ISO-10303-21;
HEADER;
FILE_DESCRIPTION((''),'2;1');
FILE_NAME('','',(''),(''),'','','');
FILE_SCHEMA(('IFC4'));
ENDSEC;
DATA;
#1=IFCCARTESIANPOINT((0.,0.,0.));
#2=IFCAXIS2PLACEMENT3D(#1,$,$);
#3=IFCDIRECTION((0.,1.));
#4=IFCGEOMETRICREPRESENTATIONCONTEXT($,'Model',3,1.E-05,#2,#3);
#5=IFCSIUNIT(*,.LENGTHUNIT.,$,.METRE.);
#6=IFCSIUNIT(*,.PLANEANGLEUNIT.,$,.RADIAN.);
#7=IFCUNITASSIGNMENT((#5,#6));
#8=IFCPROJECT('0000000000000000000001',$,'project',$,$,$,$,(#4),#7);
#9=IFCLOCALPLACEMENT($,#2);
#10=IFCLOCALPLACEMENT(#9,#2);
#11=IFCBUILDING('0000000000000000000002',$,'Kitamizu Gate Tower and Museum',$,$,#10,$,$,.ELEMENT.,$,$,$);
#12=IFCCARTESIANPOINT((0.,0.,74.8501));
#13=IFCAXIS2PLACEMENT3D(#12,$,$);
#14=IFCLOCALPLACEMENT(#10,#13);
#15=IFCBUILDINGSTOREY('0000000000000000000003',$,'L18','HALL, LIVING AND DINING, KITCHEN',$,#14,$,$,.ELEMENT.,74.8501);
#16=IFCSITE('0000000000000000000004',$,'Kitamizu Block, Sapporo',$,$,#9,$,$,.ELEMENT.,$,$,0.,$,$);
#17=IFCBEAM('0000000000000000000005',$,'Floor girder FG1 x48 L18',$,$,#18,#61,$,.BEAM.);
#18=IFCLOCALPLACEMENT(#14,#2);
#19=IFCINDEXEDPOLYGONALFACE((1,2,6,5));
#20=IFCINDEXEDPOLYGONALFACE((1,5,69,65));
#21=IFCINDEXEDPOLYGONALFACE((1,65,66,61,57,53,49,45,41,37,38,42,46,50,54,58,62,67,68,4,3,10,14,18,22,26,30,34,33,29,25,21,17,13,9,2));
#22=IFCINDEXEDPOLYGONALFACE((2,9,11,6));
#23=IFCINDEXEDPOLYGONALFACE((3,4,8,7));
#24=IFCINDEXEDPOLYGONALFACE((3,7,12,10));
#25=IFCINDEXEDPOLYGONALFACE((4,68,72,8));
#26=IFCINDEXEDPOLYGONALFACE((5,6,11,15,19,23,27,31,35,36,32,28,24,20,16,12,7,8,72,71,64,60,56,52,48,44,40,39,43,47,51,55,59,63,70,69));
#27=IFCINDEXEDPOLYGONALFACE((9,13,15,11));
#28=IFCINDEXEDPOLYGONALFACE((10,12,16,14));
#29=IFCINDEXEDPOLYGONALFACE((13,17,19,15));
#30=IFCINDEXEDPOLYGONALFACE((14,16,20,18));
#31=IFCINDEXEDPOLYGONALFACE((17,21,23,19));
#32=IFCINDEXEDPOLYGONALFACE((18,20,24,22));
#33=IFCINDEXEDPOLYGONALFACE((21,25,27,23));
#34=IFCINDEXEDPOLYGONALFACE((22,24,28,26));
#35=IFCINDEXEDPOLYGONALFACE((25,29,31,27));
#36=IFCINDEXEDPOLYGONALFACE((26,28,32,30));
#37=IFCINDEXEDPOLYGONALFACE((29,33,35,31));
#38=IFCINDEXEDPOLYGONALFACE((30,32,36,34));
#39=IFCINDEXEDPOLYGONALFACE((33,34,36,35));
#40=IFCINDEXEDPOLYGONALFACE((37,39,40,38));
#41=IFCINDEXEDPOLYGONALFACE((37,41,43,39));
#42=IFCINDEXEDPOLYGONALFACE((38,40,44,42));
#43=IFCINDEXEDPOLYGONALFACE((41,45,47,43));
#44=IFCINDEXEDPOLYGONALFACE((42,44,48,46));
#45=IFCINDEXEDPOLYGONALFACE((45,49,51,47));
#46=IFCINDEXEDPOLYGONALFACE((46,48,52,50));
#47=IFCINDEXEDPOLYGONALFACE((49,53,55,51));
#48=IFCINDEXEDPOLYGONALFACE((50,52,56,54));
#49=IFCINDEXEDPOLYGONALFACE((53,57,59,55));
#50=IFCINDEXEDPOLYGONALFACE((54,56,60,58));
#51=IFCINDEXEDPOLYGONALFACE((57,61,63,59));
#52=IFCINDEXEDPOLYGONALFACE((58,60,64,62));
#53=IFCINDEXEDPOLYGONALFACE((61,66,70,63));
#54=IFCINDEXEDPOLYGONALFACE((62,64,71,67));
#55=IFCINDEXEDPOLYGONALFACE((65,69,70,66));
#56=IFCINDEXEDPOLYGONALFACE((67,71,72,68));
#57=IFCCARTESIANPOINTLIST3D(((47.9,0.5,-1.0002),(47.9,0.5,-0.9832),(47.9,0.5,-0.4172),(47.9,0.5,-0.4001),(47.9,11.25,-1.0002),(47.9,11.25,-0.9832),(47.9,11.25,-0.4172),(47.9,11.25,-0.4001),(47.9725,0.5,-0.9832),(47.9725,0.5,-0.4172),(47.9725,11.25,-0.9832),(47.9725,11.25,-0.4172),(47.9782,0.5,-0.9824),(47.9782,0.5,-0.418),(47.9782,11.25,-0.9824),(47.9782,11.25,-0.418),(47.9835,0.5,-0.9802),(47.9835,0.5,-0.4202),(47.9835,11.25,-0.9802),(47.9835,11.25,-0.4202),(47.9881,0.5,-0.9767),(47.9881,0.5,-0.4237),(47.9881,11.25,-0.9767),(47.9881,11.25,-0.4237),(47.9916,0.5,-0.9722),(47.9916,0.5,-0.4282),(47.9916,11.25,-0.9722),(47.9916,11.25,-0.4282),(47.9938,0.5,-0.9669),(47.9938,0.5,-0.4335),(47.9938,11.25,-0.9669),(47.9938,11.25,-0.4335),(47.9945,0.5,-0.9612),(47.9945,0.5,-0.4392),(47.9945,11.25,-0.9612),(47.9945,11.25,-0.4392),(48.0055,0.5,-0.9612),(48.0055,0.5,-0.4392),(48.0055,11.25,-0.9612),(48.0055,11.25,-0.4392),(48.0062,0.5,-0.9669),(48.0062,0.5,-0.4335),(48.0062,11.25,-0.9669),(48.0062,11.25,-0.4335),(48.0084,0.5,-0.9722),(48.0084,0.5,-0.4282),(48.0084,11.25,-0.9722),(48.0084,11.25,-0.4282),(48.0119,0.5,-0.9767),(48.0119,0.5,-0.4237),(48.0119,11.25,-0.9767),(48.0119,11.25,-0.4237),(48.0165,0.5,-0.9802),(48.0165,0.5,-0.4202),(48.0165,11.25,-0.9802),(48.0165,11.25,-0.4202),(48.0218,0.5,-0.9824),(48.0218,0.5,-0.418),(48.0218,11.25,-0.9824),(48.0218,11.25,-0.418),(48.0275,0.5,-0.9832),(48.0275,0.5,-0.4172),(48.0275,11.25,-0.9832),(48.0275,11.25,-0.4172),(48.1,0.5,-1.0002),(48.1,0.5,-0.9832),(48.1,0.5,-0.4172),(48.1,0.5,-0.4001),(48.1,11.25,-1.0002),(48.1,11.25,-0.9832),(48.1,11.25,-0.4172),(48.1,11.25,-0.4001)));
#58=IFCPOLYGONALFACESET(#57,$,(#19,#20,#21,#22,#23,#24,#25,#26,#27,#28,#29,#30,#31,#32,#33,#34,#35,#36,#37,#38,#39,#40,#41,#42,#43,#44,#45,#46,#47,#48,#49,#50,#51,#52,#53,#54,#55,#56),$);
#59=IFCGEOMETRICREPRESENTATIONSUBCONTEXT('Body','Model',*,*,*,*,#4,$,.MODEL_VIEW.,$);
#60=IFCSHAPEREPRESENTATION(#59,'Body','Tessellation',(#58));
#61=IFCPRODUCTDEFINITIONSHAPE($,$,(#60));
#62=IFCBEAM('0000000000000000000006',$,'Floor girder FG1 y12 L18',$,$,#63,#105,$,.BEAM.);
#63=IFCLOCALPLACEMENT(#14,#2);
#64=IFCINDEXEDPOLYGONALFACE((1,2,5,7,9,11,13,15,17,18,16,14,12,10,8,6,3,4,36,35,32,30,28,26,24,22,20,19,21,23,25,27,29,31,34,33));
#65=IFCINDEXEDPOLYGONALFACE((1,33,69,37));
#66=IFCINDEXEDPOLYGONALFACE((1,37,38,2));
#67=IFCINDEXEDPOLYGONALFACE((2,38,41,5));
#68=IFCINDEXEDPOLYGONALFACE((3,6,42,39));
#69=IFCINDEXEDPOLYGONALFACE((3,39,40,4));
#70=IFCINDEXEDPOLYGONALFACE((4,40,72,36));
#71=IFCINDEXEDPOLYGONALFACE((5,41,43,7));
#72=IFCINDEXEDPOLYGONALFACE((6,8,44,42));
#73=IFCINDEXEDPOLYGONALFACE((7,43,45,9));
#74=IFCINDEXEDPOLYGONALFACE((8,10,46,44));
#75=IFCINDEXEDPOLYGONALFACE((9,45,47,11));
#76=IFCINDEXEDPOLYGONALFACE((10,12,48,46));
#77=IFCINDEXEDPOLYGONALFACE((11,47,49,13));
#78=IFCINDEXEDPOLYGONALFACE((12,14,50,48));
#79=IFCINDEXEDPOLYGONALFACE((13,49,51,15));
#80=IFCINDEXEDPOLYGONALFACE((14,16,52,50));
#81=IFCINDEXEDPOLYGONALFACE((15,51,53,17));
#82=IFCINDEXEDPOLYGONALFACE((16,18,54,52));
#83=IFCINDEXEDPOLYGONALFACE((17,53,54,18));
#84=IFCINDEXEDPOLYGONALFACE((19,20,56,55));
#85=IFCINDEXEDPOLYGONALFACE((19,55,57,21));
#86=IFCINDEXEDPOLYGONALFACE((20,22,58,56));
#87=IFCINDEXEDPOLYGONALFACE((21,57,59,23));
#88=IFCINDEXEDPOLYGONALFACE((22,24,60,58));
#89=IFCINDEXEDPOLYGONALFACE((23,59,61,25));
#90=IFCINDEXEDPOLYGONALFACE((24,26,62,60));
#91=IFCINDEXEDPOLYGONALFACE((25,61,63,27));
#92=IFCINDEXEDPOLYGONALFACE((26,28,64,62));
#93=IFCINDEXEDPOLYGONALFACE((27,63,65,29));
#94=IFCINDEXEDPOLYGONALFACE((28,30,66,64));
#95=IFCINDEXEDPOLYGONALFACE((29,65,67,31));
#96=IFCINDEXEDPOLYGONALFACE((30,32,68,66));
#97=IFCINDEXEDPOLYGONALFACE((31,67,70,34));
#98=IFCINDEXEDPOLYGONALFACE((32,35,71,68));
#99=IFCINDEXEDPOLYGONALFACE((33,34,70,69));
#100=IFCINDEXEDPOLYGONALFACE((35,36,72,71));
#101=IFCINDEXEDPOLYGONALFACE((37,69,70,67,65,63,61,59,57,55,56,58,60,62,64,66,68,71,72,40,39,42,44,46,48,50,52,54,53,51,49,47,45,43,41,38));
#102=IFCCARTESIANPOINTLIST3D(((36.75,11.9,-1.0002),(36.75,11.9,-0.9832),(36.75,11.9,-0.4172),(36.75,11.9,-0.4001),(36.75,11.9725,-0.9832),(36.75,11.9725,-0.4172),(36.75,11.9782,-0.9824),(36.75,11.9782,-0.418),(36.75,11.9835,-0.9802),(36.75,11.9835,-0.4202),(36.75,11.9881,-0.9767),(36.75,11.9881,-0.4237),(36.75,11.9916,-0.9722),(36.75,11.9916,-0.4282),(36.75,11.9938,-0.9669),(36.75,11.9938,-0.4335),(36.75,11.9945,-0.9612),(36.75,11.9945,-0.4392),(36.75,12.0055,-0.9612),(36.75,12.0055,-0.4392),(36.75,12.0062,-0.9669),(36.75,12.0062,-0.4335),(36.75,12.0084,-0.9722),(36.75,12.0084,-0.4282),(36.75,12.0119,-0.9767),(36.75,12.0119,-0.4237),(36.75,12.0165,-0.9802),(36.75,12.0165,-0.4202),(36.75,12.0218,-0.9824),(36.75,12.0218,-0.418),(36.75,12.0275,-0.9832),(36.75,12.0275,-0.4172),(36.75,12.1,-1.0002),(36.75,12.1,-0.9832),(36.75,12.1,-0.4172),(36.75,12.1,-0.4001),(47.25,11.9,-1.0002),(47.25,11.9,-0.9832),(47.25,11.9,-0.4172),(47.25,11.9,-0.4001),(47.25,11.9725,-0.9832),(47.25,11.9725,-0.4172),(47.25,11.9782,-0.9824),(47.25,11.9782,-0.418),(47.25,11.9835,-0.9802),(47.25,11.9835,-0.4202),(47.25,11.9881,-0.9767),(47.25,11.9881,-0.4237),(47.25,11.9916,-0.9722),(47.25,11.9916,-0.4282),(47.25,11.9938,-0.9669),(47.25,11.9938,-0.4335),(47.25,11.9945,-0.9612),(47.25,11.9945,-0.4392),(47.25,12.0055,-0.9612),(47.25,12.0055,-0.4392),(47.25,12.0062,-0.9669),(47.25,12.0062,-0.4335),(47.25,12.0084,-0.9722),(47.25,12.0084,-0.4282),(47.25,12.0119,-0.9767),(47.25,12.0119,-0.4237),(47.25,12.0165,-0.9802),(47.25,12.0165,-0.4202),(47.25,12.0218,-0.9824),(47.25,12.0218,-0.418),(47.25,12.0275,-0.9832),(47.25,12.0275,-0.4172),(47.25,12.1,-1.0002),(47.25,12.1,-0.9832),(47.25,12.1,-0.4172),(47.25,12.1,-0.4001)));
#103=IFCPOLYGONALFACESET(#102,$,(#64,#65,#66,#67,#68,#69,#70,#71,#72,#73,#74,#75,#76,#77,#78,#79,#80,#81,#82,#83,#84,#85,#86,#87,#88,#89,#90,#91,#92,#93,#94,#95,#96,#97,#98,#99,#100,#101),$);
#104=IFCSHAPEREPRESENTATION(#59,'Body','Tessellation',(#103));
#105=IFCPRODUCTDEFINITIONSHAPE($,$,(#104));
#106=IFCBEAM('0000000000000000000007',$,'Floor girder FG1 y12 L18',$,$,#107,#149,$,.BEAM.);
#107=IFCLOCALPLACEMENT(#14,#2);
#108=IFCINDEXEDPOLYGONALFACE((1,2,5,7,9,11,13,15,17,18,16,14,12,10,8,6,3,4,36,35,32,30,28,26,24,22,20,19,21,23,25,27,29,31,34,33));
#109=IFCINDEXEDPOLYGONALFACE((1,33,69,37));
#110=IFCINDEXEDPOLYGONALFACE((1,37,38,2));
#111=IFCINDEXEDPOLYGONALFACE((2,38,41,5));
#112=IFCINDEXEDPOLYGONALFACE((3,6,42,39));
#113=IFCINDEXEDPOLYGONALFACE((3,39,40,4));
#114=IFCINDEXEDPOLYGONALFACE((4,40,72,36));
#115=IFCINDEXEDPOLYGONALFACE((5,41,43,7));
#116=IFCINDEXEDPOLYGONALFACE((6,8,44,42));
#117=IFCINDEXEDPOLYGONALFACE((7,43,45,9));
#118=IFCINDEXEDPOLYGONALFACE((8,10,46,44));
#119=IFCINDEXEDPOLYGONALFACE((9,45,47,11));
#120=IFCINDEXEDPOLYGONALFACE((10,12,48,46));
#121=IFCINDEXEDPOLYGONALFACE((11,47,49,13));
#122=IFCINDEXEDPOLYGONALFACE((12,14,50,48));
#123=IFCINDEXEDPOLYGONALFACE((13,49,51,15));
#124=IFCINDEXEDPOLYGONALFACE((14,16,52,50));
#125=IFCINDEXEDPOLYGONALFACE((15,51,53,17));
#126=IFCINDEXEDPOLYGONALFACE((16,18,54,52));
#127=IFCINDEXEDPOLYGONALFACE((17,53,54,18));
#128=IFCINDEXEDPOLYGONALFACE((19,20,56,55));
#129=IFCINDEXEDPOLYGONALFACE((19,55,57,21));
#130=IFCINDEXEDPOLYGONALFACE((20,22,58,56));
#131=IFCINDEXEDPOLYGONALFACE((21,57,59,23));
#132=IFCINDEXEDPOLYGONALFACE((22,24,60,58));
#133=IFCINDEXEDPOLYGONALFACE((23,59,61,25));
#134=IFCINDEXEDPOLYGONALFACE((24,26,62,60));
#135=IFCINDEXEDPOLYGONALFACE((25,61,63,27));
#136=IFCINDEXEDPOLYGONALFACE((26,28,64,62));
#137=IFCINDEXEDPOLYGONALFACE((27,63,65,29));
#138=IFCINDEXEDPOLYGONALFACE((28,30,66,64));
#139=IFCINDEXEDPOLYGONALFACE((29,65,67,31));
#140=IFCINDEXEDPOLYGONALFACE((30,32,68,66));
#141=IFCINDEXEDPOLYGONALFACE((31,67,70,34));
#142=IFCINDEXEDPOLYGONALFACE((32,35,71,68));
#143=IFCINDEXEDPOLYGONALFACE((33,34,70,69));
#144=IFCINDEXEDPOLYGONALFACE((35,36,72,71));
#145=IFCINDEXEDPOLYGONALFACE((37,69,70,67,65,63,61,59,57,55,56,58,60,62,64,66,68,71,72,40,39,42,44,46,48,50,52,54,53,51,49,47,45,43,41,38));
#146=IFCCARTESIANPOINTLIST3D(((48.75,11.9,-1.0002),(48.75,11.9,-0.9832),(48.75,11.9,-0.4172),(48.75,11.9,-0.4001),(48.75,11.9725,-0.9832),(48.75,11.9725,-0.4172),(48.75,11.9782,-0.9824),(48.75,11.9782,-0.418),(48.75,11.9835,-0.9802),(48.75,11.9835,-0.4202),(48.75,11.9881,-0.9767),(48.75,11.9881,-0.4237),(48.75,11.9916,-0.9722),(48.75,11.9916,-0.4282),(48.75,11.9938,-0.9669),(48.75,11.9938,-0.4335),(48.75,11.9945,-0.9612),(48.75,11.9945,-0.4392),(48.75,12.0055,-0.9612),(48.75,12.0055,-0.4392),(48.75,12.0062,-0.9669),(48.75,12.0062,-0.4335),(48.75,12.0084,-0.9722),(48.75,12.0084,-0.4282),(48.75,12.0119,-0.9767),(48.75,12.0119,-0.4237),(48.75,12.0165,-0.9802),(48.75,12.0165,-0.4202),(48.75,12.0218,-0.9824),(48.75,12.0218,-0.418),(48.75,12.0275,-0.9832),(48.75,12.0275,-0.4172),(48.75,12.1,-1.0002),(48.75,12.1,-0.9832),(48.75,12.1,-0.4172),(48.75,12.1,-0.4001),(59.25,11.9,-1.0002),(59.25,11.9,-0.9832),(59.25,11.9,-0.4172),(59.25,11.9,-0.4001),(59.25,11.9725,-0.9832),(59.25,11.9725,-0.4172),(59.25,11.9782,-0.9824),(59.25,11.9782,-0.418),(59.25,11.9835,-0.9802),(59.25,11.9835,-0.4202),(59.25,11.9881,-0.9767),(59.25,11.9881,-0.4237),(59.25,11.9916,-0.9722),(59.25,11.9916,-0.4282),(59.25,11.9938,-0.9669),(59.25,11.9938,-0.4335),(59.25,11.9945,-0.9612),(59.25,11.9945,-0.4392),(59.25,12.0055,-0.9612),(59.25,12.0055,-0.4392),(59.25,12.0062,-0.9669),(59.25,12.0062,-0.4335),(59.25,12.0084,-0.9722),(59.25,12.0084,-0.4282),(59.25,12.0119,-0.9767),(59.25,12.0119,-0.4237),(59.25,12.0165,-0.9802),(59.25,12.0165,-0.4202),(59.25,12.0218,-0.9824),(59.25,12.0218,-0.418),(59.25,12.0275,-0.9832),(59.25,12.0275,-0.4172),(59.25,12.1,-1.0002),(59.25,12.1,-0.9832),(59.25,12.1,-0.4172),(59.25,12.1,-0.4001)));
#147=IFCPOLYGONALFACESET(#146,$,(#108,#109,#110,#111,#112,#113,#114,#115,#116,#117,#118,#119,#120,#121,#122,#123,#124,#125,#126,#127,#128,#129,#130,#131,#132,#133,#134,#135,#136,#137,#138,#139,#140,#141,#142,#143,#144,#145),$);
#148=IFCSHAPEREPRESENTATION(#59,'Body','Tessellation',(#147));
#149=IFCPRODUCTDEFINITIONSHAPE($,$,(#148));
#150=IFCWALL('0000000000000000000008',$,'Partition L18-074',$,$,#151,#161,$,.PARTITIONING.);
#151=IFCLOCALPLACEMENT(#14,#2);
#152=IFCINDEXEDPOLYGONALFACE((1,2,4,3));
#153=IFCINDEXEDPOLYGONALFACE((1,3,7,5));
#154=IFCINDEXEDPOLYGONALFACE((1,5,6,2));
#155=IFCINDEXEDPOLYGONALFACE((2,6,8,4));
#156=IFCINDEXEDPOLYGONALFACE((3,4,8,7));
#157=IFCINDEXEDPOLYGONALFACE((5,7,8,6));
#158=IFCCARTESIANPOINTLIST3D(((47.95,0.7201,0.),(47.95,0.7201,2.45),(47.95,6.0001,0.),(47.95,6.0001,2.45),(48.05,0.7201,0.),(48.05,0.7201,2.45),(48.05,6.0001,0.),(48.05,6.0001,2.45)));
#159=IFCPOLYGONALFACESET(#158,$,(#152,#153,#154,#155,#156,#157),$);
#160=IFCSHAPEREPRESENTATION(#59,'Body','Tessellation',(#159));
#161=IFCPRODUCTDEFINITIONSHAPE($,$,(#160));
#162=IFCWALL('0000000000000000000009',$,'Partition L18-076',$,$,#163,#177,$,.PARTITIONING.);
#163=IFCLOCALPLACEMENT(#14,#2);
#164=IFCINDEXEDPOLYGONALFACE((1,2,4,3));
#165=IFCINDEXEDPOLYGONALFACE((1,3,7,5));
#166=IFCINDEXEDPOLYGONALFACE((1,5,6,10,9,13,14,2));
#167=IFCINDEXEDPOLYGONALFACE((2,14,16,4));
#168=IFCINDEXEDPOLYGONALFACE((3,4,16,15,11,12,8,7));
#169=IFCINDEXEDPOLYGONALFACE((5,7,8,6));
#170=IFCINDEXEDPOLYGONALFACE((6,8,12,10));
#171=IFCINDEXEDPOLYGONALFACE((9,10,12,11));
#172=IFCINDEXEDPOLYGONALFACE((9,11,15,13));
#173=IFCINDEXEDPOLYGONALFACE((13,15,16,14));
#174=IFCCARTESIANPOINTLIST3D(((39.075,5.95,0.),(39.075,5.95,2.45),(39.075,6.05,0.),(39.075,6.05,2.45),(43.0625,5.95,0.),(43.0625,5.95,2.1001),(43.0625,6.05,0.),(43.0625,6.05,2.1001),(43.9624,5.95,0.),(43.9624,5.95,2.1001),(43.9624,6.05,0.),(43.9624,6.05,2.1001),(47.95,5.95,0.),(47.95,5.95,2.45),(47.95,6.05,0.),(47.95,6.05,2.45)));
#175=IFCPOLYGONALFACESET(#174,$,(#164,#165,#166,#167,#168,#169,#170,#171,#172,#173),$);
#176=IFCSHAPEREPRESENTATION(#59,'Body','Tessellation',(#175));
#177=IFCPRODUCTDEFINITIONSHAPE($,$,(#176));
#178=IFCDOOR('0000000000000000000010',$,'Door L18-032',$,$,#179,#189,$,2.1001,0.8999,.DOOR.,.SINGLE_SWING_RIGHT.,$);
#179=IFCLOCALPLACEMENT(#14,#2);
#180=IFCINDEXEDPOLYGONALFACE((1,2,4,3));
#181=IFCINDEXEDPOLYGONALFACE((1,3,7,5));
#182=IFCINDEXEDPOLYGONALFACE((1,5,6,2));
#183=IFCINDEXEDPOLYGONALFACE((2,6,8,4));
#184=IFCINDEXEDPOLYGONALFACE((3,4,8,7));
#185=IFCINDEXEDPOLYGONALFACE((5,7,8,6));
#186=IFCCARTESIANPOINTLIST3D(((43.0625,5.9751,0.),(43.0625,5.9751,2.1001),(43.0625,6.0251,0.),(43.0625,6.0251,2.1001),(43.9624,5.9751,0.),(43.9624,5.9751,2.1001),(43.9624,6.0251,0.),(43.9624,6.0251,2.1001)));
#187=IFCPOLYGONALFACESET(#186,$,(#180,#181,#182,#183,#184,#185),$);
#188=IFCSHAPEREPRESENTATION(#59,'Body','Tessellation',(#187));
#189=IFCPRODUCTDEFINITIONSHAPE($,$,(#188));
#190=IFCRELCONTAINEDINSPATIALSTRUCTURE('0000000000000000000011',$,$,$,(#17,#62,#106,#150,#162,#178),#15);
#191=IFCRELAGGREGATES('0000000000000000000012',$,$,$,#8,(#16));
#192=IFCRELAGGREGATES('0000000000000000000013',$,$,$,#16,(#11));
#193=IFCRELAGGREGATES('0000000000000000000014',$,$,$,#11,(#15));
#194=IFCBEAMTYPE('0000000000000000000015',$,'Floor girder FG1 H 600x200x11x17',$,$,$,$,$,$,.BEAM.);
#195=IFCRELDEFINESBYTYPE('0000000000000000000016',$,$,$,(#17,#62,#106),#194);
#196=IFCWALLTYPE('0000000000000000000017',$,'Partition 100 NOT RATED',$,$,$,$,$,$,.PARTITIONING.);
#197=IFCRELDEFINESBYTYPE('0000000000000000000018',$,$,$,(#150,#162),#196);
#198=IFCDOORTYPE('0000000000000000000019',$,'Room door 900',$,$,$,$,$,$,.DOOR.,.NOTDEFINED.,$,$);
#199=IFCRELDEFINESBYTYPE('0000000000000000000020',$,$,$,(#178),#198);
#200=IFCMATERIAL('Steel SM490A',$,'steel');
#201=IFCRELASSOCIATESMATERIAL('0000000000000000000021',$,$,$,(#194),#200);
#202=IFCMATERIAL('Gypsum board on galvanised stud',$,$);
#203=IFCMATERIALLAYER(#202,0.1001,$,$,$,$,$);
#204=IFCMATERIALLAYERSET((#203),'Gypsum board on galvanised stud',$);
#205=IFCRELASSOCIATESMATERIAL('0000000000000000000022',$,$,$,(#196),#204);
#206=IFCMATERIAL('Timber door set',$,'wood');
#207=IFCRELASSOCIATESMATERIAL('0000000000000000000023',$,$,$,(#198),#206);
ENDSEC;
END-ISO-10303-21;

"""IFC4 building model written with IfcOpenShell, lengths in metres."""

from ifc_helpers import new_model, si_unit, direction, frame, frame_2d, origin, origin_2d, place, context, subcontext, project, spatial, rectangle, i_section, extrude, material, layer, layer_set, material_profile, profile_set, type_object, element, fill, save


model = new_model("IFC4")

# Units and contexts
model_context = context("Model", 3, precision=1e-05, world=origin(), true_north=direction((0.0, 1.0)))
body_context = subcontext(model_context, "Body", "Model", "MODEL_VIEW")
ifc_project = project(units=[si_unit("LENGTHUNIT", "METRE"), si_unit("PLANEANGLEUNIT", "RADIAN")], contexts=[model_context])

# Site, building, storey
site_placement = place(None, origin())
site = spatial("IfcSite", under=ifc_project, at=site_placement, Name="Kitamizu Block, Sapporo", CompositionType="ELEMENT", RefElevation=0.0)
building_placement = place(site_placement, origin())
building = spatial("IfcBuilding", under=site, at=building_placement, Name="Kitamizu Gate Tower and Museum", CompositionType="ELEMENT")
storey_placement = place(building_placement, frame((0.0, 0.0, 74.8501)))
storey = spatial("IfcBuildingStorey", under=building, at=storey_placement, Name="L18", Description="HALL, LIVING AND DINING, KITCHEN", CompositionType="ELEMENT", Elevation=74.8501)

# Beams
ifc_material_1 = material(Name="Steel SM490A", Category="steel")
ifc_material_profile_1 = material_profile(ifc_material_1, i_section(OverallWidth=0.2, OverallDepth=0.6001, WebThickness=0.011, FlangeThickness=0.0171, FilletRadius=0.022, at=origin_2d()), Name="H-600x200x11x17")
ifc_profile_set_1 = profile_set([ifc_material_profile_1], Name="Steel SM490A")
beam_type_1 = type_object("IfcBeamType", Name="Floor girder FG1 H 600x200x11x17", PredefinedType="BEAM", material=ifc_profile_set_1)
beam_placement = place(storey_placement, frame((48.0, 0.5, -0.7002), z_axis=(0.0, 1.0, 0.0), x_axis=(-1.0, 0.0, 0.0)))
element("IfcBeam", 1, at=beam_placement, inside=storey, type_object=beam_type_1, Name="Floor girder FG1 x48 L18", PredefinedType="BEAM", context=body_context, shape_type="SweptSolid", body=[
    extrude(i_section(OverallWidth=0.2, OverallDepth=0.6001, WebThickness=0.011, FlangeThickness=0.0171, FilletRadius=0.022, at=origin_2d()), origin(), (0.0, 0.0, 1.0), 10.75),
])
for number, where, z_axis, x_axis, name in (
    (2, (36.75, 12.0, -0.7002), (1.0, 0.0, 0.0), (0.0, 1.0, 0.0), "Floor girder FG1 y12 L18"),
    (3, (48.75, 12.0, -0.7002), (1.0, 0.0, 0.0), (0.0, 1.0, 0.0), "Floor girder FG1 y12 L18"),
):
    element("IfcBeam", number, at=place(storey_placement, frame(where, z_axis=z_axis, x_axis=x_axis)), inside=storey, type_object=beam_type_1, Name=name, PredefinedType="BEAM", context=body_context, shape_type="SweptSolid", body=[
        extrude(i_section(OverallWidth=0.2, OverallDepth=0.6001, WebThickness=0.011, FlangeThickness=0.0171, FilletRadius=0.022, at=origin_2d()), origin(), (0.0, 0.0, 1.0), 10.5),
    ])

# Wall
ifc_material_2 = material(Name="Gypsum board on galvanised stud")
ifc_layer_1 = layer(ifc_material_2, 0.1001)
ifc_layer_set_1 = layer_set([ifc_layer_1], Name="Gypsum board on galvanised stud")
wall_type_1 = type_object("IfcWallType", Name="Partition 100 NOT RATED", PredefinedType="PARTITIONING", material=ifc_layer_set_1)
wall_1_placement = place(storey_placement, frame((48.0, 0.72, 0.0), z_axis=(0.0, 0.0, 1.0), x_axis=(0.0, 1.0, 0.0)))
element("IfcWall", 4, at=wall_1_placement, inside=storey, type_object=wall_type_1, Name="Partition L18-074", PredefinedType="PARTITIONING", context=body_context, shape_type="SweptSolid", body=[
    extrude(rectangle(XDim=5.28, YDim=0.1001, at=frame_2d((2.6401, 0.0))), origin(), (0.0, 0.0, 1.0), 2.45),
])

# Wall, opening, door
wall_2_placement = place(storey_placement, frame((47.95, 6.0, 0.0), z_axis=(0.0, 0.0, 1.0), x_axis=(-1.0, 0.0, 0.0)))
wall_2 = element("IfcWall", 5, at=wall_2_placement, inside=storey, type_object=wall_type_1, Name="Partition L18-076", PredefinedType="PARTITIONING", context=body_context, shape_type="SweptSolid", body=[
    extrude(rectangle(XDim=8.875, YDim=0.1001, at=frame_2d((4.4375, 0.0))), origin(), (0.0, 0.0, 1.0), 2.45),
])
opening_1_placement = place(wall_2_placement, frame((3.9875, 0.0, 0.0)))
opening_1 = element("IfcOpeningElement", 6, at=opening_1_placement, cuts=wall_2, PredefinedType="OPENING", context=body_context, shape_type="SweptSolid", body=[
    extrude(rectangle(XDim=0.8999, YDim=2.1001, at=frame_2d((0.45, 1.05))), frame((0.0, 0.0601, 0.0), z_axis=(0.0, -1.0, 0.0), x_axis=(1.0, 0.0, 0.0)), (0.0, 0.0, 1.0), 0.1201),
])
ifc_material_3 = material(Name="Timber door set", Category="wood")
door_type_1 = type_object("IfcDoorType", Name="Room door 900", OperationType="NOTDEFINED", PredefinedType="DOOR", material=ifc_material_3)
door_1_placement = place(opening_1_placement, origin())
door_1 = element("IfcDoor", 7, at=door_1_placement, inside=storey, type_object=door_type_1, Name="Door L18-032", OperationType="SINGLE_SWING_RIGHT", OverallHeight=2.1001, OverallWidth=0.8999, PredefinedType="DOOR", context=body_context, shape_type="SweptSolid", body=[
    extrude(rectangle(XDim=0.8999, YDim=2.1001, at=frame_2d((0.45, 1.05))), frame((0.0, 0.0249, 0.0), z_axis=(0.0, -1.0, 0.0), x_axis=(1.0, 0.0, 0.0)), (0.0, 0.0, 1.0), 0.05),
])
fill(opening_1, door_1)

save(model, "model.ifc")
